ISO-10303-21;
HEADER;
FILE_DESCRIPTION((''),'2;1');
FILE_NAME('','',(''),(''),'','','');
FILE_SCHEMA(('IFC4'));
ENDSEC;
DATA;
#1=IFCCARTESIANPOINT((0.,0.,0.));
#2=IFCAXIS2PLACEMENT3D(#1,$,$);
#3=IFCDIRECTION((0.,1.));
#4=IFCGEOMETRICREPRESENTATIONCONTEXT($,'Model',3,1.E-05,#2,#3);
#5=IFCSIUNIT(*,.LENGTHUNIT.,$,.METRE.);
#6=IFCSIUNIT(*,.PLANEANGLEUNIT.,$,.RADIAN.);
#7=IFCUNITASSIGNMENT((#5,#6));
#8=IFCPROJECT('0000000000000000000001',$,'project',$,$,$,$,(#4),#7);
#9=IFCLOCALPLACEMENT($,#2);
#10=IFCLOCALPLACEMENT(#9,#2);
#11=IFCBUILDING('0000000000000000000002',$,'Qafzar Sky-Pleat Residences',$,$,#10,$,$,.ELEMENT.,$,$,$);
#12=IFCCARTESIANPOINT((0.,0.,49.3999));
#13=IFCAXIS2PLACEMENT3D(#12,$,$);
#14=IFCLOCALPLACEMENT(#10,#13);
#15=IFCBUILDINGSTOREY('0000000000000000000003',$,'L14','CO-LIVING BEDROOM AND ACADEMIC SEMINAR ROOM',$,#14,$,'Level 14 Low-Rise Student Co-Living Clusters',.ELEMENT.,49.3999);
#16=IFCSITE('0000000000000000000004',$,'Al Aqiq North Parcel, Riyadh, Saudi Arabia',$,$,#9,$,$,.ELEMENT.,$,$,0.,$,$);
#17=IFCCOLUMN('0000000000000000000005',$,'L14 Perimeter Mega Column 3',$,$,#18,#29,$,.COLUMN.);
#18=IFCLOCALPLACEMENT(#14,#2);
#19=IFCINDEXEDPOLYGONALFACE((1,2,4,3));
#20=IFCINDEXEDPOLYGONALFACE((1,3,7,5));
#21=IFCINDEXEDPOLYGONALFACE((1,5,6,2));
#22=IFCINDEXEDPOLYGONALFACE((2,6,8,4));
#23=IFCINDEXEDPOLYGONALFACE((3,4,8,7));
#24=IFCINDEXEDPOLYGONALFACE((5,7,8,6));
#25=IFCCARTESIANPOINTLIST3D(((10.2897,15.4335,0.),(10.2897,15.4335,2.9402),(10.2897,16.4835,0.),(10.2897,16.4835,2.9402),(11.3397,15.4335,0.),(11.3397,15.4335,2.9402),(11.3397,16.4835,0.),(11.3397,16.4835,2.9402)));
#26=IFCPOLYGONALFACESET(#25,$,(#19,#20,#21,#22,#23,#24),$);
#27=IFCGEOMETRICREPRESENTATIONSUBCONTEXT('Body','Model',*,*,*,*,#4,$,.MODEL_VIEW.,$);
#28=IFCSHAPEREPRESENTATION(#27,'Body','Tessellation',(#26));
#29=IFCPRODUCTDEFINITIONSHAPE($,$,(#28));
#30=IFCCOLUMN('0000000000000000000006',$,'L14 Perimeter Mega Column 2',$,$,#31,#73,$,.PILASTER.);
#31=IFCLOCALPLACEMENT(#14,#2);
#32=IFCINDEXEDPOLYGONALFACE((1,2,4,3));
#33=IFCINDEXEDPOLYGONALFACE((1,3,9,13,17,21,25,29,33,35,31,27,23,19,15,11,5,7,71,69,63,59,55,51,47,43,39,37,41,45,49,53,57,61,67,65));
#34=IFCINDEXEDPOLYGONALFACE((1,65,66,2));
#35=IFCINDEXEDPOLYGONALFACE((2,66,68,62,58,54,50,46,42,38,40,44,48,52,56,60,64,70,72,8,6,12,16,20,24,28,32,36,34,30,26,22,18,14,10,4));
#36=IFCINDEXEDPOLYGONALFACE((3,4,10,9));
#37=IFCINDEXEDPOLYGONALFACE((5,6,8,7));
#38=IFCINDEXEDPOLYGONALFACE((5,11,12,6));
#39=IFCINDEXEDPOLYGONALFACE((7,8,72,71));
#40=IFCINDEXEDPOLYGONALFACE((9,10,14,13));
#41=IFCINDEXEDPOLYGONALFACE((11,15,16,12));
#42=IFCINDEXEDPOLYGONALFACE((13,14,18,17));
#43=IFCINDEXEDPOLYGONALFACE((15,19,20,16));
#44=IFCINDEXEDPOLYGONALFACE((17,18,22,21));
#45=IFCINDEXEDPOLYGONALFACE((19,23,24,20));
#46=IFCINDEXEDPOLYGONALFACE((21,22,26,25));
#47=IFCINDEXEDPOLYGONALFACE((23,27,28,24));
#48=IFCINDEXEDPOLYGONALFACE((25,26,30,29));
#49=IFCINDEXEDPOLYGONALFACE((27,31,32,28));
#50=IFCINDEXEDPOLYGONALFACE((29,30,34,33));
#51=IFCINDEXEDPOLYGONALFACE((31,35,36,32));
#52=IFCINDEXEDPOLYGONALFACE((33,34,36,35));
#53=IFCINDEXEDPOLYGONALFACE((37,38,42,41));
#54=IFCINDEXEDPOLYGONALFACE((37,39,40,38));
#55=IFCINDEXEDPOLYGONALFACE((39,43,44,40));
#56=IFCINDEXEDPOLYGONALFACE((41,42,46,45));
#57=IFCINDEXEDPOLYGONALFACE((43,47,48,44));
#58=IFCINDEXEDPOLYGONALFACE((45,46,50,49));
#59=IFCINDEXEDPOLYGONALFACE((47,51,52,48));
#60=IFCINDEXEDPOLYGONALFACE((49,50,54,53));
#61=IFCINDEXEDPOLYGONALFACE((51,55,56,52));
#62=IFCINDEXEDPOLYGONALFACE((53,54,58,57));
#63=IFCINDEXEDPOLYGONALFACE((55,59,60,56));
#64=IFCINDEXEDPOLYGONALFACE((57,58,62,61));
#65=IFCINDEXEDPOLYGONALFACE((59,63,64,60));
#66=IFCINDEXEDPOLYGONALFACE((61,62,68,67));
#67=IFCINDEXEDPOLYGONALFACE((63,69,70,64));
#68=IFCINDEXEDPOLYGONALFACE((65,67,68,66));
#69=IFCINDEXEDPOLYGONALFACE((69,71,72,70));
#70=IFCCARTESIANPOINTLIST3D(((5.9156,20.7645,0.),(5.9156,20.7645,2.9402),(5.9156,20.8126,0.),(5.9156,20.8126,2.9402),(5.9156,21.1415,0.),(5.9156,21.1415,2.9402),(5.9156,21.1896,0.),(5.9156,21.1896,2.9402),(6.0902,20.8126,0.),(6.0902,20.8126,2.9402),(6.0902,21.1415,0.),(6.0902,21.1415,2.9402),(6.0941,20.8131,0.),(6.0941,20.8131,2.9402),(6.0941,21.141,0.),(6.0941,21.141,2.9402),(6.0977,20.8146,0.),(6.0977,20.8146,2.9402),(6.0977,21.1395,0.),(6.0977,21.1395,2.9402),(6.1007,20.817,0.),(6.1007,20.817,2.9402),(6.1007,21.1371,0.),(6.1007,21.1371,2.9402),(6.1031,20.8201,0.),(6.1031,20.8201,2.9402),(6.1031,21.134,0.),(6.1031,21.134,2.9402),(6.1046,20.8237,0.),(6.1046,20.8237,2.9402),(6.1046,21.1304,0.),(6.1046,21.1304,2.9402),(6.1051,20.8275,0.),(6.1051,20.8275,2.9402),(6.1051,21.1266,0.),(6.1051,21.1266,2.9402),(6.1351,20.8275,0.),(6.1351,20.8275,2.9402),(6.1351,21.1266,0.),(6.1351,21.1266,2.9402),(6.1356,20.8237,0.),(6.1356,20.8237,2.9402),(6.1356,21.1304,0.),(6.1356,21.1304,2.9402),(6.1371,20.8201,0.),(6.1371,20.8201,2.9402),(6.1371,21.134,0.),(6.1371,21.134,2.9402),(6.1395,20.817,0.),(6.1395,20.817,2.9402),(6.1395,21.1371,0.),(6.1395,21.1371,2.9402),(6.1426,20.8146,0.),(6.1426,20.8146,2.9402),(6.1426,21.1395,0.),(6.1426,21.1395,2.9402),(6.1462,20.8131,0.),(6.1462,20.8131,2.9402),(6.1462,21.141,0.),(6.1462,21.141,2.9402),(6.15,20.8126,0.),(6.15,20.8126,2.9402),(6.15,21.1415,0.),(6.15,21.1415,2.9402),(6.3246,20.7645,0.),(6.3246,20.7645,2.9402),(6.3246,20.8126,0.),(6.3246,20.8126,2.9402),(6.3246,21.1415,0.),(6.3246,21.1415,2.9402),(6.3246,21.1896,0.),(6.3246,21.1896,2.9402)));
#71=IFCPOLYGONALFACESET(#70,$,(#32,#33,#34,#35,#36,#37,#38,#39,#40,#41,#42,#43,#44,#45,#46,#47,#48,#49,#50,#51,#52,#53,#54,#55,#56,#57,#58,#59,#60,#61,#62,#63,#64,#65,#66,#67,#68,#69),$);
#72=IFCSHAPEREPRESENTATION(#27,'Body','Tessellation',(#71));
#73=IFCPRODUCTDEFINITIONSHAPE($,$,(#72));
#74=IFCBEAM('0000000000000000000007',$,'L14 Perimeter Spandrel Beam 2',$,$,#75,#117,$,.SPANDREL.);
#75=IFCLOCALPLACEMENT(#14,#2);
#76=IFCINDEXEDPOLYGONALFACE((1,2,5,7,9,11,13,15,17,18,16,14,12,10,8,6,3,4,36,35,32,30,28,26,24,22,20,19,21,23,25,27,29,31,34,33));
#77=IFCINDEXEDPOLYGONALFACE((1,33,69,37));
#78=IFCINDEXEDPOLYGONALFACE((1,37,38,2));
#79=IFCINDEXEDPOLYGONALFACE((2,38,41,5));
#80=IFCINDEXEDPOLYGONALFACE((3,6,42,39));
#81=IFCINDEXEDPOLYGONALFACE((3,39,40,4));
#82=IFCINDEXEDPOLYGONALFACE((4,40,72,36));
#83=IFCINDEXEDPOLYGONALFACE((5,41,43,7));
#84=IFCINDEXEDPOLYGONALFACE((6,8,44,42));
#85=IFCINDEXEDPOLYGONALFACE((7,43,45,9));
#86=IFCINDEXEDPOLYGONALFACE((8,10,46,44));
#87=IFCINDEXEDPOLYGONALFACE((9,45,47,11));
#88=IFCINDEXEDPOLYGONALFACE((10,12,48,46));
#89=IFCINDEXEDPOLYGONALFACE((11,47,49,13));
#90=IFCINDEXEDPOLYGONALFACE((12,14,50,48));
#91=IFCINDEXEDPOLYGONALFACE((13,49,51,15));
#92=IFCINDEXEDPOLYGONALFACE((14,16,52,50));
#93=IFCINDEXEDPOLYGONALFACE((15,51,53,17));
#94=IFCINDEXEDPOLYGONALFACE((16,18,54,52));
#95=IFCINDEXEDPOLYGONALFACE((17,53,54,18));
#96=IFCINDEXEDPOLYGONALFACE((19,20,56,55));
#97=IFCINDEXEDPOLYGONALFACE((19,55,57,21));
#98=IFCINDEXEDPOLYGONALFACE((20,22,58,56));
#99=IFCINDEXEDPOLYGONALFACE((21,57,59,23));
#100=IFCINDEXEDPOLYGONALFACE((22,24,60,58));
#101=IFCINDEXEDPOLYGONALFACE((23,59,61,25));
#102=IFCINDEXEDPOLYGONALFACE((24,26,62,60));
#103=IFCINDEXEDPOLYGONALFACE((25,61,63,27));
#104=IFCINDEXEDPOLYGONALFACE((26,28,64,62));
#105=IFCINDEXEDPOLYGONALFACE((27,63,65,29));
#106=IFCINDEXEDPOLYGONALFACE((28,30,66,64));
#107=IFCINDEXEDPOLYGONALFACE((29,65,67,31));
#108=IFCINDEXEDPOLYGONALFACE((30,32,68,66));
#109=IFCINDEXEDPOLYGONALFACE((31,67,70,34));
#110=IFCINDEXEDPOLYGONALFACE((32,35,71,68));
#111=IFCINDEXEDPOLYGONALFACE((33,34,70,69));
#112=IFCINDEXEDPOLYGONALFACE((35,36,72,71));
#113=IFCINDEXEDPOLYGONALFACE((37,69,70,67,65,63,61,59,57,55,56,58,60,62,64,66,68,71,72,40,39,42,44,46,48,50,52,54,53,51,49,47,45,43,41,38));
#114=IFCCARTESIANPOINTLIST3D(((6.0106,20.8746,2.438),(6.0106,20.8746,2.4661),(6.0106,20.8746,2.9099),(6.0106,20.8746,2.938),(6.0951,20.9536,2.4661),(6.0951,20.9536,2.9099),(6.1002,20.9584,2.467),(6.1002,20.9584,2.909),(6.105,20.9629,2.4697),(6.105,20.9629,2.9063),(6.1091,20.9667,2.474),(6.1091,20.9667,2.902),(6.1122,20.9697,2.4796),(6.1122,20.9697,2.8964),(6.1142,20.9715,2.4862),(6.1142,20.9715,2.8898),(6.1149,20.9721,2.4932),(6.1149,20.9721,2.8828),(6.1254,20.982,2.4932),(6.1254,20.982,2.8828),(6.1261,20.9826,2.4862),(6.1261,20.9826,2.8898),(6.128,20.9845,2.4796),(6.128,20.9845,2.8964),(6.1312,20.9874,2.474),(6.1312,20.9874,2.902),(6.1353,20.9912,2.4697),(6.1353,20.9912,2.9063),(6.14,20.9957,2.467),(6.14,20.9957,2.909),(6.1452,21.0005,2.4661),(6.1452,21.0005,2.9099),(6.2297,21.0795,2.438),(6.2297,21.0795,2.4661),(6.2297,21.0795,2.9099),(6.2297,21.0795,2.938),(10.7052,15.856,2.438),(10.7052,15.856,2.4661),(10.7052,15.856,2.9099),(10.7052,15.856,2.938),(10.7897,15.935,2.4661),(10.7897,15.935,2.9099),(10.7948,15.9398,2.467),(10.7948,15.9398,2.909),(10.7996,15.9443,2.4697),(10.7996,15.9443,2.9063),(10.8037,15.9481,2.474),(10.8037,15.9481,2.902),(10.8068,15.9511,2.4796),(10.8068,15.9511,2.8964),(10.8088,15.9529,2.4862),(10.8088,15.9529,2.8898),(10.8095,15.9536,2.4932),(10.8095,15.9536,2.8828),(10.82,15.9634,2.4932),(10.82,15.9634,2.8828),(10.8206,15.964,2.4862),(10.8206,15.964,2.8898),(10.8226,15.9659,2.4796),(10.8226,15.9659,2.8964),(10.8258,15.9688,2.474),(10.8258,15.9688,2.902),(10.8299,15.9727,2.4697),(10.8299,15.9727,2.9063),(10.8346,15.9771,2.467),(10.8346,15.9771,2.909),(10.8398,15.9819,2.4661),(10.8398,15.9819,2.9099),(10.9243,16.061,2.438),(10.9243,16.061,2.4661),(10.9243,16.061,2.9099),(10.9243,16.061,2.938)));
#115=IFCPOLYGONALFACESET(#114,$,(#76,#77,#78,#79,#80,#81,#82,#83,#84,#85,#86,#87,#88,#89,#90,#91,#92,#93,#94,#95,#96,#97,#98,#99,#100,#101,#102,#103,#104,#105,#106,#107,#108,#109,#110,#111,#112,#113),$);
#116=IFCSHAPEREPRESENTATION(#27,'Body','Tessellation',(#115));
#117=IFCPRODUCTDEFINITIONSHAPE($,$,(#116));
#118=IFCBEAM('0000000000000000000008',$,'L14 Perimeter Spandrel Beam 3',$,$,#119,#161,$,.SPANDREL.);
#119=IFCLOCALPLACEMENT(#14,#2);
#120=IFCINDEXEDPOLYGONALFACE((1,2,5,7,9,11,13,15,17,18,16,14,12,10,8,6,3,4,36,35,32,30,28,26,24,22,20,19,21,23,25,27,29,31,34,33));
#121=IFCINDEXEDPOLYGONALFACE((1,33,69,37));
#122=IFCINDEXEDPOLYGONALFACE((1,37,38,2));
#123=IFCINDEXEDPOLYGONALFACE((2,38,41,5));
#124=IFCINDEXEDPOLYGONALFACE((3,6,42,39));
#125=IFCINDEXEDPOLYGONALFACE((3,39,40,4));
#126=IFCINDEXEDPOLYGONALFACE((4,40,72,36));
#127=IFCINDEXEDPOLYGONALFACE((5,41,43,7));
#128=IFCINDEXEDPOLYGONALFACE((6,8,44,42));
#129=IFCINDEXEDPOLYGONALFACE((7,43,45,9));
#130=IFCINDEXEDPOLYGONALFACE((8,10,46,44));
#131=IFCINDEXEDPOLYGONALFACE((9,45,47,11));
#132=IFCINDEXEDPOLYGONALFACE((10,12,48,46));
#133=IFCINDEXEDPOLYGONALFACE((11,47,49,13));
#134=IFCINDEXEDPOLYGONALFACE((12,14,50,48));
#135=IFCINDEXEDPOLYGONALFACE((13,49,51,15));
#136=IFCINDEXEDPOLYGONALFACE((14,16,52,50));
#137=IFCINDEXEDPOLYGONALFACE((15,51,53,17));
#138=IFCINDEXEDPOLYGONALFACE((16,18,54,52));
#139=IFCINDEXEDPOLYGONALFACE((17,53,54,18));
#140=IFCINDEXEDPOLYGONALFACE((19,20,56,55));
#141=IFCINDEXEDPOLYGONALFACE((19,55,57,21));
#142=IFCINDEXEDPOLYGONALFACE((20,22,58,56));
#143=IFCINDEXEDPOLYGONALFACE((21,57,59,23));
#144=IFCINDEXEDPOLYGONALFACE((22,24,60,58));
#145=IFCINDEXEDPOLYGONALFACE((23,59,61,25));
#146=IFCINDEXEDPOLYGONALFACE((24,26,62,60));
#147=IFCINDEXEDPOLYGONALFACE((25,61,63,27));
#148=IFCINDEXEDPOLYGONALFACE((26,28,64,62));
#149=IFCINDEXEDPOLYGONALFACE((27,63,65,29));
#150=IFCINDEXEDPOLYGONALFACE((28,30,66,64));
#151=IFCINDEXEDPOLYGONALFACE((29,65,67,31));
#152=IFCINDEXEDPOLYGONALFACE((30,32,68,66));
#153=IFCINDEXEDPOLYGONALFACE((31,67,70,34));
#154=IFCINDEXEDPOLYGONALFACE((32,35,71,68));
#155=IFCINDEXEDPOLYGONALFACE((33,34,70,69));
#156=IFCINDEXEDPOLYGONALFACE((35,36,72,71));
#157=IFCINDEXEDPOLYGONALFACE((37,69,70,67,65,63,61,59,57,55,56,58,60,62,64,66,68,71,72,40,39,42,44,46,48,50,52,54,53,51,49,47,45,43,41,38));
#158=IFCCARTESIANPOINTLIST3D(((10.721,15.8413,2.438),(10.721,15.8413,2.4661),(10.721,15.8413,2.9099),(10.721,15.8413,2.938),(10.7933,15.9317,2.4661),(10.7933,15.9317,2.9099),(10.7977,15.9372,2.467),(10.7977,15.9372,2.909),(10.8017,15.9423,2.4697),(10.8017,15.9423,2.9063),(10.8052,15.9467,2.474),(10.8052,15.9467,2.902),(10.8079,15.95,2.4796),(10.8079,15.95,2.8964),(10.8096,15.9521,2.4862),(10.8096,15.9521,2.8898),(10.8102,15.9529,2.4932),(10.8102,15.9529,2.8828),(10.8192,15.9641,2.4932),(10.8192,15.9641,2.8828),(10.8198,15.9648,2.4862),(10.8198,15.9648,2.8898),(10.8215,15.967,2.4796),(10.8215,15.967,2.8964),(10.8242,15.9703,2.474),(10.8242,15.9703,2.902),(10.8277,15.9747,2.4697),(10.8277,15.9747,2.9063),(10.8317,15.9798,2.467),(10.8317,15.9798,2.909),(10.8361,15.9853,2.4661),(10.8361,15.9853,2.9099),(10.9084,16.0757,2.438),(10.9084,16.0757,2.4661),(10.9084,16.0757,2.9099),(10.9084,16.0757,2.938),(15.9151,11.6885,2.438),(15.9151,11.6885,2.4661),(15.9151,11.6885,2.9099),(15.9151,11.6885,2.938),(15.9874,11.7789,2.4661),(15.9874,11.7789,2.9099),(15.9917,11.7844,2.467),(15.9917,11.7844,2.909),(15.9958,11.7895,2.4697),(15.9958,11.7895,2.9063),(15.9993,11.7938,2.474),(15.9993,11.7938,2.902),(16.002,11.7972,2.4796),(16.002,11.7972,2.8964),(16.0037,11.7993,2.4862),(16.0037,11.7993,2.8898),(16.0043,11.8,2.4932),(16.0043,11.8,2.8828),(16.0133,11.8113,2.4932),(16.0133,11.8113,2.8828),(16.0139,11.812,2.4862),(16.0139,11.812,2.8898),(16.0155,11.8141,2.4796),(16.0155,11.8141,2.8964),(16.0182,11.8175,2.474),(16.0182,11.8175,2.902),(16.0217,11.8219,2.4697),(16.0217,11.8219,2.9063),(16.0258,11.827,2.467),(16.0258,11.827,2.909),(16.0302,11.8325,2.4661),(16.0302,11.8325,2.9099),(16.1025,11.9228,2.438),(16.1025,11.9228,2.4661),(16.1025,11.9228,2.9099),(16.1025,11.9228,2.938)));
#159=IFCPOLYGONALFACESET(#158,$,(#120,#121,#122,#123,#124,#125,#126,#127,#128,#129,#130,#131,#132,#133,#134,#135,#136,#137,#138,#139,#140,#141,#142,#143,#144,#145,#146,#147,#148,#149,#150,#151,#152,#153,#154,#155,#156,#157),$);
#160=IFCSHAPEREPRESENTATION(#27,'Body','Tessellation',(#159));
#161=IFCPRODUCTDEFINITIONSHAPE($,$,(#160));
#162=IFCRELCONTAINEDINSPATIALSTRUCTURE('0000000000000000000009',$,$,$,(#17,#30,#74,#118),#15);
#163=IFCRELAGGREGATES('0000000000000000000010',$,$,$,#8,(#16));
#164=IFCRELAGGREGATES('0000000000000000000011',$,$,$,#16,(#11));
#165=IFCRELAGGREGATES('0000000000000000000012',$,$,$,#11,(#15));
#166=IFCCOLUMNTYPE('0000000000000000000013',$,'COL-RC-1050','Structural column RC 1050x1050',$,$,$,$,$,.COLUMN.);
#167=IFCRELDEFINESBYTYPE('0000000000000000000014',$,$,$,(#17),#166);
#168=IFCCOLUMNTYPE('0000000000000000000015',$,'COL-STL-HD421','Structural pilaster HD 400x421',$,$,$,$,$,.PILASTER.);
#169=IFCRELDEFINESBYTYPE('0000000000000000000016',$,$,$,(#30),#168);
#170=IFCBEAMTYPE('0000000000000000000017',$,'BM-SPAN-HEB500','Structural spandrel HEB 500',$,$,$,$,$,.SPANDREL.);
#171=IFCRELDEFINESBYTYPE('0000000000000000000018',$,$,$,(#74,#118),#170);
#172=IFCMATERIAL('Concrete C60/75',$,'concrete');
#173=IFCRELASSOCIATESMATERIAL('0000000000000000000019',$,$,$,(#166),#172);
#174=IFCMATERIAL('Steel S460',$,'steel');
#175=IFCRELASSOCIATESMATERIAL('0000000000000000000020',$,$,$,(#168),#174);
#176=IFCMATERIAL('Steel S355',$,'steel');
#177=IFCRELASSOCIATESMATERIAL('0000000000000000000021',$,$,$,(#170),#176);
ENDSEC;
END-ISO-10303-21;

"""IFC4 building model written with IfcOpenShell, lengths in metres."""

from ifc_helpers import new_model, si_unit, direction, frame, origin, origin_2d, place, context, subcontext, project, spatial, rectangle, i_section, extrude, source, transform, mapped, material, material_profile, profile_set, type_object, element, save


model = new_model("IFC4")

# Units and contexts
model_context = context("Model", 3, precision=1e-05, world=origin(), true_north=direction((0.0, 1.0)))
body_context = subcontext(model_context, "Body", "Model", "MODEL_VIEW")
ifc_project = project(units=[si_unit("LENGTHUNIT", "METRE"), si_unit("PLANEANGLEUNIT", "RADIAN")], contexts=[model_context])

# Site, building, storey
site_placement = place(None, origin())
site = spatial("IfcSite", under=ifc_project, at=site_placement, Name="Al Aqiq North Parcel, Riyadh, Saudi Arabia", CompositionType="ELEMENT", RefElevation=0.0)
building_placement = place(site_placement, origin())
building = spatial("IfcBuilding", under=site, at=building_placement, Name="Qafzar Sky-Pleat Residences", CompositionType="ELEMENT")
storey_placement = place(building_placement, frame((0.0, 0.0, 49.3999)))
storey = spatial("IfcBuildingStorey", under=building, at=storey_placement, Name="L14", Description="CO-LIVING BEDROOM AND ACADEMIC SEMINAR ROOM", LongName="Level 14 Low-Rise Student Co-Living Clusters", CompositionType="ELEMENT", Elevation=49.3999)

# Columns
ifc_material_1 = material(Name="Concrete C60/75", Category="concrete")
ifc_material_profile_1 = material_profile(ifc_material_1, rectangle(XDim=1.05, YDim=1.05, at=origin_2d()), Name="RC 1050x1050")
ifc_profile_set_1 = profile_set([ifc_material_profile_1], Name="Concrete C60/75")
column_type_1 = type_object("IfcColumnType", Name="COL-RC-1050", Description="Structural column RC 1050x1050", PredefinedType="COLUMN", material=ifc_profile_set_1)
shared_shape_1 = source(origin(), body_context, "Body", "SweptSolid", [
    extrude(rectangle(XDim=1.05, YDim=1.05, at=origin_2d()), origin(), (0.0, 0.0, 1.0), 2.9402),
])
column_1_placement = place(storey_placement, frame((10.8147, 15.9585, 0.0), z_axis=(0.0, 0.0, 1.0), x_axis=(1.0, 0.0, 0.0)))
element("IfcColumn", 1, at=column_1_placement, inside=storey, type_object=column_type_1, Name="L14 Perimeter Mega Column 3", PredefinedType="COLUMN", context=body_context, shape_type="MappedRepresentation", body=[
    mapped(shared_shape_1, transform((0.0, 0.0, 0.0), x_axis=(1.0, 0.0, 0.0), y_axis=(0.0, 1.0, 0.0), z_axis=(0.0, 0.0, 1.0), scale=1.0)),
])
ifc_material_2 = material(Name="Steel S460", Category="steel")
ifc_material_profile_2 = material_profile(ifc_material_2, i_section(OverallWidth=0.4089, OverallDepth=0.425, WebThickness=0.03, FlangeThickness=0.0481, FilletRadius=0.0149, at=origin_2d()), Name="HD 400x421")
ifc_profile_set_2 = profile_set([ifc_material_profile_2], Name="Steel S460")
column_type_2 = type_object("IfcColumnType", Name="COL-STL-HD421", Description="Structural pilaster HD 400x421", PredefinedType="PILASTER", material=ifc_profile_set_2)
shared_shape_2 = source(origin(), body_context, "Body", "SweptSolid", [
    extrude(i_section(OverallWidth=0.4089, OverallDepth=0.425, WebThickness=0.03, FlangeThickness=0.0481, FilletRadius=0.0149, at=origin_2d()), origin(), (0.0, 0.0, 1.0), 2.9402),
])
column_2_placement = place(storey_placement, frame((6.1201, 20.9771, 0.0), z_axis=(0.0, 0.0, 1.0), x_axis=(1.0, 0.0, 0.0)))
element("IfcColumn", 2, at=column_2_placement, inside=storey, type_object=column_type_2, Name="L14 Perimeter Mega Column 2", PredefinedType="PILASTER", context=body_context, shape_type="MappedRepresentation", body=[
    mapped(shared_shape_2, transform((0.0, 0.0, 0.0), x_axis=(1.0, 0.0, 0.0), y_axis=(0.0, 1.0, 0.0), z_axis=(0.0, 0.0, 1.0), scale=1.0)),
])

# Beams
ifc_material_3 = material(Name="Steel S355", Category="steel")
ifc_material_profile_3 = material_profile(ifc_material_3, i_section(OverallWidth=0.3, OverallDepth=0.5, WebThickness=0.0144, FlangeThickness=0.0281, FilletRadius=0.0271, at=origin_2d()), Name="HEB 500")
ifc_profile_set_3 = profile_set([ifc_material_profile_3], Name="Steel S355")
beam_type_1 = type_object("IfcBeamType", Name="BM-SPAN-HEB500", Description="Structural spandrel HEB 500", PredefinedType="SPANDREL", material=ifc_profile_set_3)
shared_shape_3 = source(origin(), body_context, "Body", "SweptSolid", [
    extrude(i_section(OverallWidth=0.3, OverallDepth=0.5, WebThickness=0.0144, FlangeThickness=0.0281, FilletRadius=0.0271, at=origin_2d()), origin(), (0.0, 0.0, 1.0), 6.8721),
])
beam_1_placement = place(storey_placement, frame((6.1201, 20.9771, 2.688), z_axis=(0.683142, -0.730286, 0.0), x_axis=(0.730286, 0.683142, 0.0)))
element("IfcBeam", 3, at=beam_1_placement, inside=storey, type_object=beam_type_1, Name="L14 Perimeter Spandrel Beam 2", PredefinedType="SPANDREL", context=body_context, shape_type="MappedRepresentation", body=[
    mapped(shared_shape_3, transform((0.0, 0.0, 0.0), x_axis=(1.0, 0.0, 0.0), y_axis=(0.0, 1.0, 0.0), z_axis=(0.0, 0.0, 1.0), scale=1.0)),
])
shared_shape_4 = source(origin(), body_context, "Body", "SweptSolid", [
    extrude(i_section(OverallWidth=0.3, OverallDepth=0.5, WebThickness=0.0144, FlangeThickness=0.0281, FilletRadius=0.0271, at=origin_2d()), origin(), (0.0, 0.0, 1.0), 6.6501),
])
beam_2_placement = place(storey_placement, frame((10.8147, 15.9585, 2.688), z_axis=(0.781048, -0.624471, 0.0), x_axis=(0.624471, 0.781048, 0.0)))
element("IfcBeam", 4, at=beam_2_placement, inside=storey, type_object=beam_type_1, Name="L14 Perimeter Spandrel Beam 3", PredefinedType="SPANDREL", context=body_context, shape_type="MappedRepresentation", body=[
    mapped(shared_shape_4, transform((0.0, 0.0, 0.0), x_axis=(1.0, 0.0, 0.0), y_axis=(0.0, 1.0, 0.0), z_axis=(0.0, 0.0, 1.0), scale=1.0)),
])

save(model, "model.ifc")
